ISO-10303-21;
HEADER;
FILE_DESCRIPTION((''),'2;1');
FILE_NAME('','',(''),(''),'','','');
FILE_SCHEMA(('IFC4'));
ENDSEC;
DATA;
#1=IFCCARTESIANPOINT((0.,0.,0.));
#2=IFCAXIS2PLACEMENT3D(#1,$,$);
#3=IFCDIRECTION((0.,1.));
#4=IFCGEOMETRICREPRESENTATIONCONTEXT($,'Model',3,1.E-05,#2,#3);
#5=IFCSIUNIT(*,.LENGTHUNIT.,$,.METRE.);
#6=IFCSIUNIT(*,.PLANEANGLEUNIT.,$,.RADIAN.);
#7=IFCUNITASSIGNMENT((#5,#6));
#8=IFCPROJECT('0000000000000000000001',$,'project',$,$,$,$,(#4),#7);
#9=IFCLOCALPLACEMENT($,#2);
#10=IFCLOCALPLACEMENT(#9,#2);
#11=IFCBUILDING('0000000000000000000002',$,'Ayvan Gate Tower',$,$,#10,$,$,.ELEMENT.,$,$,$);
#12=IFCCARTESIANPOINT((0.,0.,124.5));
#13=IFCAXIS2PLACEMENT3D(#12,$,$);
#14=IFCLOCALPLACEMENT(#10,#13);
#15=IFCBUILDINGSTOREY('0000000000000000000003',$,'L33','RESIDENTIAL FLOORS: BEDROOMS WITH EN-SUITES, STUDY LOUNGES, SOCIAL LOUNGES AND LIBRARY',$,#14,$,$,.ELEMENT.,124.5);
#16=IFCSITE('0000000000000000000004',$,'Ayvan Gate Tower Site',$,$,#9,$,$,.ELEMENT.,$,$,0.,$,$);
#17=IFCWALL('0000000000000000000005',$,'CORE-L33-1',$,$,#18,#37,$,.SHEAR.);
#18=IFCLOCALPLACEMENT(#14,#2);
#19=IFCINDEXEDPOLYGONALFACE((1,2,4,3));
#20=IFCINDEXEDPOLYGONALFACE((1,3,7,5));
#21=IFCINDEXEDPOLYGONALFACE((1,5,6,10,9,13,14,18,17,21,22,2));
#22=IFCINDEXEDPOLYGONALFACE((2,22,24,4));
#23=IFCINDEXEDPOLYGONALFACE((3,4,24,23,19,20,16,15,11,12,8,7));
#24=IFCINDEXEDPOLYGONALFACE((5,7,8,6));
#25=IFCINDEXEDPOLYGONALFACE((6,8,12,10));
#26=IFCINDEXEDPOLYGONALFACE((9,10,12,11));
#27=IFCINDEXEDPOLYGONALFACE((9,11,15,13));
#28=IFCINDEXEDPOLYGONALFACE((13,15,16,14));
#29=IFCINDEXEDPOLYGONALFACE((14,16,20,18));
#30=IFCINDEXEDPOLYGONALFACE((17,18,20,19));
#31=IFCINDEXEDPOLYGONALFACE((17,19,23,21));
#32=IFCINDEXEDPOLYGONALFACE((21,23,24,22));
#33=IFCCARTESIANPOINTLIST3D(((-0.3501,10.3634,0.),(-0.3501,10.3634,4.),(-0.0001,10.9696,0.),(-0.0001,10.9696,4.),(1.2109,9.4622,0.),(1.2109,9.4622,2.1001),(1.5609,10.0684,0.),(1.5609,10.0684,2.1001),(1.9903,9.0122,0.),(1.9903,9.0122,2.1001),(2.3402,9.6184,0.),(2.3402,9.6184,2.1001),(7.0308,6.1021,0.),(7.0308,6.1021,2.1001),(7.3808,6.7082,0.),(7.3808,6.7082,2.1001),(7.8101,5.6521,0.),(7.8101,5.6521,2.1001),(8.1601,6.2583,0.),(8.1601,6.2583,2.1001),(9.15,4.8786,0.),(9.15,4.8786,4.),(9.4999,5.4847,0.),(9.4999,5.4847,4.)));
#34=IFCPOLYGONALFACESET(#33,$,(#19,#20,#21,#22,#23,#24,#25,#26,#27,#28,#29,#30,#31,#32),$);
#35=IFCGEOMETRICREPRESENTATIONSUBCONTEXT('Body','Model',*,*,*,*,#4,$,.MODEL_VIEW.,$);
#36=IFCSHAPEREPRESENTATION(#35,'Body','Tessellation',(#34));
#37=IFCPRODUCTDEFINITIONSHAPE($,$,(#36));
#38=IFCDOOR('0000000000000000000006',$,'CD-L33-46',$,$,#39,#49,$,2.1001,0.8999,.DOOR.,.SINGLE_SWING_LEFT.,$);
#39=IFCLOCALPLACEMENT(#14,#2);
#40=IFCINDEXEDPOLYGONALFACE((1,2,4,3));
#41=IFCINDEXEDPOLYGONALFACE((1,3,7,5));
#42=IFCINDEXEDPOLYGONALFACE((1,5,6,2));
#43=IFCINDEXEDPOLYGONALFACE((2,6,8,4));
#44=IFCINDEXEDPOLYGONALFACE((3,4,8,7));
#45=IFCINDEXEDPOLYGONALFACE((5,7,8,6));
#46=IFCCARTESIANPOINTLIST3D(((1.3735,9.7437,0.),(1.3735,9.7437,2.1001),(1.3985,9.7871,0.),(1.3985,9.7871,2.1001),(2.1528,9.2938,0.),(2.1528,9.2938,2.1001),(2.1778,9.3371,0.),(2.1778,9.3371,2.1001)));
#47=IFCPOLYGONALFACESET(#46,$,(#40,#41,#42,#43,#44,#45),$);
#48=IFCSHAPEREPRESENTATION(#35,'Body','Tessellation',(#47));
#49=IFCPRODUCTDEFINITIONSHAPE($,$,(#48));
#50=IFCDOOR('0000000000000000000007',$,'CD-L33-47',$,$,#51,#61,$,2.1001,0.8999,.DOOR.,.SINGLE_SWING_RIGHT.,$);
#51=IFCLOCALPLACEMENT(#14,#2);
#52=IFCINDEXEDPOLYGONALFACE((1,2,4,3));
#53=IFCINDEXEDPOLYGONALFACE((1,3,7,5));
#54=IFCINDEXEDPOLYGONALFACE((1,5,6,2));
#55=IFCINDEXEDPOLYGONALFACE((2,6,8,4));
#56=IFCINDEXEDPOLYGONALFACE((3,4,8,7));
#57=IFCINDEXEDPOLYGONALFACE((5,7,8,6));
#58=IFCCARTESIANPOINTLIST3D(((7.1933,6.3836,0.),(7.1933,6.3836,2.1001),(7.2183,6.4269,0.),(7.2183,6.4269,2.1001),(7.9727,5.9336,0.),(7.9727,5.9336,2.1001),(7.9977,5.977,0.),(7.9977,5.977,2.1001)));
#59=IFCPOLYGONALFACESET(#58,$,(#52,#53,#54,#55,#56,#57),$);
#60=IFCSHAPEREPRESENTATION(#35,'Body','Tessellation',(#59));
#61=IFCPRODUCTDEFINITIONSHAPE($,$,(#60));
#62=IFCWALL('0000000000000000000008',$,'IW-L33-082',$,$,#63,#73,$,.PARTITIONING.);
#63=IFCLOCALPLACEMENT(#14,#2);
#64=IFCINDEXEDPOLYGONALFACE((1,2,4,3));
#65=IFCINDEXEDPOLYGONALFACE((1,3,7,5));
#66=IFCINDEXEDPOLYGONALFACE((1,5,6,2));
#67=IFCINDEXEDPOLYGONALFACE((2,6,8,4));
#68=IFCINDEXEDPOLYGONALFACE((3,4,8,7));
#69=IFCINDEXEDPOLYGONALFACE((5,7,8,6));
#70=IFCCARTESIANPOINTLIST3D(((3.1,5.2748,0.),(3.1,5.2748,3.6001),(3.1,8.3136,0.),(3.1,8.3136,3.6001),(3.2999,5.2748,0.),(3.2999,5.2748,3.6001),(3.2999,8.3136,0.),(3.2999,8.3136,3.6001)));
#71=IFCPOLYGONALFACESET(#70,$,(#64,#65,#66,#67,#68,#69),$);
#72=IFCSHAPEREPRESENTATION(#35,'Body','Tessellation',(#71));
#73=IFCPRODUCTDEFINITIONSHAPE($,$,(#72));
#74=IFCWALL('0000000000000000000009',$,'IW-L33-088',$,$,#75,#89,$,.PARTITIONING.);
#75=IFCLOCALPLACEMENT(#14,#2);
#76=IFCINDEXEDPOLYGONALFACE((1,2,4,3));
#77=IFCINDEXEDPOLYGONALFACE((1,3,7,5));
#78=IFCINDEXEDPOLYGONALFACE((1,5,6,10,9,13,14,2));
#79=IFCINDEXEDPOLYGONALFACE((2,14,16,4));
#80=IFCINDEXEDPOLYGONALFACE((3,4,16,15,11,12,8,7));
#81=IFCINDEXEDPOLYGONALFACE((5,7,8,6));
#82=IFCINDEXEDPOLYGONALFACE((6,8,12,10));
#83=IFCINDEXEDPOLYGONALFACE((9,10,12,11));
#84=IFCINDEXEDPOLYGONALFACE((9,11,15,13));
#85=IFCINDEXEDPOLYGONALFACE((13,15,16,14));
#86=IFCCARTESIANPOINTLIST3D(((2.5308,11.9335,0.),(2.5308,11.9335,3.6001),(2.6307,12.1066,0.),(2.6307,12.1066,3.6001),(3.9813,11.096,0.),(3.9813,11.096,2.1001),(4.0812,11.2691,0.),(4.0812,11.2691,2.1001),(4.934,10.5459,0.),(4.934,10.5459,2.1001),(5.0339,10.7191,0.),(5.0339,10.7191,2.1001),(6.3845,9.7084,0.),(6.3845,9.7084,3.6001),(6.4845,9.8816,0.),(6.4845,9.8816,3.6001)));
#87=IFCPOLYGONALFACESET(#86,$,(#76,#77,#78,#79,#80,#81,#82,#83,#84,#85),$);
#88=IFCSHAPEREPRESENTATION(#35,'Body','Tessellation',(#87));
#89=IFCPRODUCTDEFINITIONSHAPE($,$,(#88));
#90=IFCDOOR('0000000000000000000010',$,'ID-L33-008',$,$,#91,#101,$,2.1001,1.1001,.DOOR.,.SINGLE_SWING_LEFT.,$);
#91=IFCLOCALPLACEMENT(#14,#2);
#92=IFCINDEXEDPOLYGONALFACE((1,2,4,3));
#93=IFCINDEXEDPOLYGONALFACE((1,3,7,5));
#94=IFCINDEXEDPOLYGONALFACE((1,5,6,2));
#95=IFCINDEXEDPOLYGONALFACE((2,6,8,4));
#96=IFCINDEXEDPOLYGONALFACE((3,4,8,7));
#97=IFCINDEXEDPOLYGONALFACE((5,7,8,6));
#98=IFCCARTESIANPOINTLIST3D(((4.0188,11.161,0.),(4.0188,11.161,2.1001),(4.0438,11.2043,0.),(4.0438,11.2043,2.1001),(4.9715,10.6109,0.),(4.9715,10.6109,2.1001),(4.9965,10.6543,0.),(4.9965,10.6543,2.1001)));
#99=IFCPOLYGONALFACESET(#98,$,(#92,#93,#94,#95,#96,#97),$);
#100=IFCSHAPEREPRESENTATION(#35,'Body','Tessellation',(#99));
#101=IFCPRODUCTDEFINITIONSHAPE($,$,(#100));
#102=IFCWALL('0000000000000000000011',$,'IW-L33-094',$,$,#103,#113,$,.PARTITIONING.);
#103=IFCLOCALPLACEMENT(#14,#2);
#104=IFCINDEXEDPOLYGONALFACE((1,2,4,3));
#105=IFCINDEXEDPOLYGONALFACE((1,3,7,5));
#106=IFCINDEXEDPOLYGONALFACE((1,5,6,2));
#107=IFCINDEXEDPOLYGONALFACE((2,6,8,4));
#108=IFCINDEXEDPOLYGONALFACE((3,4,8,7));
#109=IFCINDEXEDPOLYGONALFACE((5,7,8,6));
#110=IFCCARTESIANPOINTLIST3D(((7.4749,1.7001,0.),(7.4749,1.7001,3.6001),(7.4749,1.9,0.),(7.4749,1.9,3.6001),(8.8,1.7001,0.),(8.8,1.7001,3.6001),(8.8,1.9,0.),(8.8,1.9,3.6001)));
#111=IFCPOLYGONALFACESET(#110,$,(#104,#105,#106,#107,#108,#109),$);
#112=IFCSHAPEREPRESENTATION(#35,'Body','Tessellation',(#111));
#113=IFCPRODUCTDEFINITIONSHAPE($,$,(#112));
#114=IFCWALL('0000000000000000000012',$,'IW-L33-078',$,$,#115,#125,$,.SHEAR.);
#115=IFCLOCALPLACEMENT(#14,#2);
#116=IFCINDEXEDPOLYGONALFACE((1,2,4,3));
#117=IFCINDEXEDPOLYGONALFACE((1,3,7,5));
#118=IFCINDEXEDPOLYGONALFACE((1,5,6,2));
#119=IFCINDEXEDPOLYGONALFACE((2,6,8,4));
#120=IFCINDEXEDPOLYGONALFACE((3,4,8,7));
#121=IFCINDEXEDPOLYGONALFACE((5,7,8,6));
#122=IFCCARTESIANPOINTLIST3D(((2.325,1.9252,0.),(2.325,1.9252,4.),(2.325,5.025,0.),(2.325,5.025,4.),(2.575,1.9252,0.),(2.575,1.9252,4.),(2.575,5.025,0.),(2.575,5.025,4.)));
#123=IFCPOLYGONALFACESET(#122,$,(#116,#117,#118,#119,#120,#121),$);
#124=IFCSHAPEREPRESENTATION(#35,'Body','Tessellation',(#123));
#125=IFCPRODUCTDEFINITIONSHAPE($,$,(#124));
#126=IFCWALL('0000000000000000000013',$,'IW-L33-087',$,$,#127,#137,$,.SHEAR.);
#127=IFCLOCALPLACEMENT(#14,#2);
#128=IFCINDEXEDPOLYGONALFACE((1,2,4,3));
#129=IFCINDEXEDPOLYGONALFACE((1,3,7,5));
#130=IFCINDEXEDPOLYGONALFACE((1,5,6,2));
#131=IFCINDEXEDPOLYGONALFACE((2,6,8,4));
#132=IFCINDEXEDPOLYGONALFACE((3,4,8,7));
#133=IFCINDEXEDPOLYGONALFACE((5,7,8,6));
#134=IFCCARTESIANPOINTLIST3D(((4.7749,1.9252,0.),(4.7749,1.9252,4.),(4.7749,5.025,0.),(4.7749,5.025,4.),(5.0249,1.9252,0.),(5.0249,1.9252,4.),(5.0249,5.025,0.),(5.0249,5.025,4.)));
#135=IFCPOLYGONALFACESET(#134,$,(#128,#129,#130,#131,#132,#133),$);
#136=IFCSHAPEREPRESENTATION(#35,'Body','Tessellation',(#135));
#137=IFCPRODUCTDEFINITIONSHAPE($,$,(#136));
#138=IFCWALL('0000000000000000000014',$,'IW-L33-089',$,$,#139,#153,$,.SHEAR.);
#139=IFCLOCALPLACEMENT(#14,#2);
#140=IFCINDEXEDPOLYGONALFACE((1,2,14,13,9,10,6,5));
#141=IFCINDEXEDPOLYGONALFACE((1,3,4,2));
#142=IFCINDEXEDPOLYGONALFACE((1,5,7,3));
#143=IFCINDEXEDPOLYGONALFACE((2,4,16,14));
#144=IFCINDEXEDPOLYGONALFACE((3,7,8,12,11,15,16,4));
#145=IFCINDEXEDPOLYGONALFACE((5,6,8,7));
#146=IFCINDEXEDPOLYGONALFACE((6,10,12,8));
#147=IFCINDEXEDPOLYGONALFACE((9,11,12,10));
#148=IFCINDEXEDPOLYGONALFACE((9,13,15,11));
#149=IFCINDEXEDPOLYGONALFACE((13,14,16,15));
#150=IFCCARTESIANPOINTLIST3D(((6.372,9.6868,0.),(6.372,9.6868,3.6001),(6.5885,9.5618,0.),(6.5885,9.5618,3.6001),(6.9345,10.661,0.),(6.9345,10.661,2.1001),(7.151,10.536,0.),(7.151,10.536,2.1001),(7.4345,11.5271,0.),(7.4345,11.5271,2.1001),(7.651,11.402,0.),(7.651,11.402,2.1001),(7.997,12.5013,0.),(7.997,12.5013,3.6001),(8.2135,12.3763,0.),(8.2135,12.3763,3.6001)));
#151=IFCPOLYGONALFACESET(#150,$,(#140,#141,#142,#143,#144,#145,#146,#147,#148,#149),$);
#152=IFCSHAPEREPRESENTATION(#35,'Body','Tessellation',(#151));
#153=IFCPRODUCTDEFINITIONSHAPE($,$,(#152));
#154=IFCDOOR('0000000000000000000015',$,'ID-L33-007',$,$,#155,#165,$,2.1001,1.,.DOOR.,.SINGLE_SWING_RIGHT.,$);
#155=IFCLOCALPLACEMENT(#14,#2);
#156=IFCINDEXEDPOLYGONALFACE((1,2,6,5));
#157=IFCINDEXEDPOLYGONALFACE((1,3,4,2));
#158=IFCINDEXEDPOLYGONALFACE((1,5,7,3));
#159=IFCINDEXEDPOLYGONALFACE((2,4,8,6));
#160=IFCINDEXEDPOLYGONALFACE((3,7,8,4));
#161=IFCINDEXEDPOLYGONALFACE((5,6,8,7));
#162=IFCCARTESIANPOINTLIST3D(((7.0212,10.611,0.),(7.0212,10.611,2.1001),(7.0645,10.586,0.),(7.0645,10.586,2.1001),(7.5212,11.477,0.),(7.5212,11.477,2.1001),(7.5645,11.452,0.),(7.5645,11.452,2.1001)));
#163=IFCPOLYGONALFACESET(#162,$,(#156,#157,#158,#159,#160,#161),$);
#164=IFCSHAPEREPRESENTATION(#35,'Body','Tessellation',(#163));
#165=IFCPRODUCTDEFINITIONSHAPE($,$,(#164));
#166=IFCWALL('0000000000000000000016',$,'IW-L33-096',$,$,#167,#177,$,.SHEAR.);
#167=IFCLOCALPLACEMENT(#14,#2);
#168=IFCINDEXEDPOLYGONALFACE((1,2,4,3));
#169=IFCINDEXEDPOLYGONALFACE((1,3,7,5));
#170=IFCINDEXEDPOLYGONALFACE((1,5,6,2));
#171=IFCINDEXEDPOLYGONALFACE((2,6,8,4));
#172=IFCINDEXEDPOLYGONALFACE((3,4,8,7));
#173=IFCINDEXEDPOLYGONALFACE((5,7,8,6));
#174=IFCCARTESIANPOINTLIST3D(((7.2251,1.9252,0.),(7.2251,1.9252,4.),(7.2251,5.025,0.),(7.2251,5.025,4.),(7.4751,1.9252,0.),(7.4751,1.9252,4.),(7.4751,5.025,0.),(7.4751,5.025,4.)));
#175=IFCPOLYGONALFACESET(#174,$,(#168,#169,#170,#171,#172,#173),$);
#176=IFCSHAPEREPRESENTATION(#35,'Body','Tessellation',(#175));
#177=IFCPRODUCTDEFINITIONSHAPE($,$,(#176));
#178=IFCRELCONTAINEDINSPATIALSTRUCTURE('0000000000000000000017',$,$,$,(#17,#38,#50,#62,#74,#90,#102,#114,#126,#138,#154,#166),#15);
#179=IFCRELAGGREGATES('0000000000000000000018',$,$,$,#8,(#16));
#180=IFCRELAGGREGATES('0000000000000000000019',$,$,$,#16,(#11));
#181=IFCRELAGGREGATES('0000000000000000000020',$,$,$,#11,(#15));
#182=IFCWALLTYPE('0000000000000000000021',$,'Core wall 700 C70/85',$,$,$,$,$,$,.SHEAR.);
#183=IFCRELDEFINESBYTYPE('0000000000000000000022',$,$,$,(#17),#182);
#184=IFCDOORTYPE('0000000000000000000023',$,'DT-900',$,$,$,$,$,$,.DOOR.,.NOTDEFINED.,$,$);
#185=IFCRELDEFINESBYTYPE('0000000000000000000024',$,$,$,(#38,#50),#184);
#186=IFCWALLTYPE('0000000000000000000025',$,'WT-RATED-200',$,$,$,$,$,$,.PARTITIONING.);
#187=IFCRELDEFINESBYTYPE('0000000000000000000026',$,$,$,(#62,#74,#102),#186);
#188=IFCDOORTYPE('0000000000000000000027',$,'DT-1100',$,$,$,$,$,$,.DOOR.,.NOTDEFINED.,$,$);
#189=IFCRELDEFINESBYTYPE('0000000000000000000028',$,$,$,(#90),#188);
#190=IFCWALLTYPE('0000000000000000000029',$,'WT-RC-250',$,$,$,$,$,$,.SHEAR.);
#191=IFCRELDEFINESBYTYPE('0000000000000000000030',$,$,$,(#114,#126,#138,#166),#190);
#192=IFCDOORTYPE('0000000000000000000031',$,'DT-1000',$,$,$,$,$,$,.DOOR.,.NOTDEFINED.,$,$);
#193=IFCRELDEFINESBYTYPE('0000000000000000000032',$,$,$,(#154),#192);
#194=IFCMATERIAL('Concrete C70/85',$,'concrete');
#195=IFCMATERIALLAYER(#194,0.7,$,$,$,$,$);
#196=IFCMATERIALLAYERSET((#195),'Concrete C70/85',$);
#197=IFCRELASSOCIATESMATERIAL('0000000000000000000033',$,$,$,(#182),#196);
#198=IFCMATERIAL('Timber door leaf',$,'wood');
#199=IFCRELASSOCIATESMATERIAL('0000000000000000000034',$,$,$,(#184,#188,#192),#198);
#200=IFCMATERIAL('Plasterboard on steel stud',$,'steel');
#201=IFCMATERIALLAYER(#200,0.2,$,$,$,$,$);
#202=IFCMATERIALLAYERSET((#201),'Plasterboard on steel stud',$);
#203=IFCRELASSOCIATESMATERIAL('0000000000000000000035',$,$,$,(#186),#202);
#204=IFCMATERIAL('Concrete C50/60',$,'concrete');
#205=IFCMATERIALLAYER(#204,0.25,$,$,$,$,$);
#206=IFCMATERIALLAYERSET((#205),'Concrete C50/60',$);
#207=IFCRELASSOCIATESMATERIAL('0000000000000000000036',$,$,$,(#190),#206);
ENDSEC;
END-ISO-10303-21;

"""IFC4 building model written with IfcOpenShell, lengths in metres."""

from ifc_helpers import new_model, si_unit, direction, frame, frame_2d, origin, place, context, subcontext, project, spatial, rectangle, extrude, material, layer, layer_set, type_object, element, fill, save


model = new_model("IFC4")

# Units and contexts
model_context = context("Model", 3, precision=1e-05, world=origin(), true_north=direction((0.0, 1.0)))
body_context = subcontext(model_context, "Body", "Model", "MODEL_VIEW")
ifc_project = project(units=[si_unit("LENGTHUNIT", "METRE"), si_unit("PLANEANGLEUNIT", "RADIAN")], contexts=[model_context])

# Site, building, storey
site_placement = place(None, origin())
site = spatial("IfcSite", under=ifc_project, at=site_placement, Name="Ayvan Gate Tower Site", CompositionType="ELEMENT", RefElevation=0.0)
building_placement = place(site_placement, origin())
building = spatial("IfcBuilding", under=site, at=building_placement, Name="Ayvan Gate Tower", CompositionType="ELEMENT")
storey_placement = place(building_placement, frame((0.0, 0.0, 124.5)))
storey = spatial("IfcBuildingStorey", under=building, at=storey_placement, Name="L33", Description="RESIDENTIAL FLOORS: BEDROOMS WITH EN-SUITES, STUDY LOUNGES, SOCIAL LOUNGES AND LIBRARY", CompositionType="ELEMENT", Elevation=124.5)

# Wall, openings, doors
ifc_material_1 = material(Name="Concrete C70/85", Category="concrete")
ifc_layer_1 = layer(ifc_material_1, 0.7)
ifc_layer_set_1 = layer_set([ifc_layer_1], Name="Concrete C70/85")
wall_type_1 = type_object("IfcWallType", Name="Core wall 700 C70/85", PredefinedType="SHEAR", material=ifc_layer_set_1)
wall_1_placement = place(storey_placement, frame((9.325, 5.1816, 0.0), z_axis=(0.0, 0.0, 1.0), x_axis=(-0.866024, 0.500002, 0.0)))
wall_1 = element("IfcWall", 1, at=wall_1_placement, inside=storey, type_object=wall_type_1, Name="CORE-L33-1", PredefinedType="SHEAR", context=body_context, shape_type="SweptSolid", body=[
    extrude(rectangle(XDim=10.9697, YDim=0.7, at=frame_2d((5.4849, 0.0))), origin(), (0.0, 0.0, 1.0), 4.0),
])
opening_1_placement = place(wall_1_placement, frame((8.2673, 0.0, 0.0)))
opening_1 = element("IfcOpeningElement", 2, at=opening_1_placement, cuts=wall_1, PredefinedType="OPENING", context=body_context, shape_type="SweptSolid", body=[
    extrude(rectangle(XDim=0.8999, YDim=2.1001, at=frame_2d((0.45, 1.05))), frame((0.0, 0.3599, 0.0), z_axis=(0.0, -1.0, 0.0), x_axis=(1.0, 0.0, 0.0)), (0.0, 0.0, 1.0), 0.72),
])
opening_2_placement = place(wall_1_placement, frame((1.5471, 0.0, 0.0)))
opening_2 = element("IfcOpeningElement", 3, at=opening_2_placement, cuts=wall_1, PredefinedType="OPENING", context=body_context, shape_type="SweptSolid", body=[
    extrude(rectangle(XDim=0.8999, YDim=2.1001, at=frame_2d((0.45, 1.05))), frame((0.0, 0.3599, 0.0), z_axis=(0.0, -1.0, 0.0), x_axis=(1.0, 0.0, 0.0)), (0.0, 0.0, 1.0), 0.72),
])
ifc_material_2 = material(Name="Timber door leaf", Category="wood")
door_type_1 = type_object("IfcDoorType", Name="DT-900", OperationType="NOTDEFINED", PredefinedType="DOOR", material=ifc_material_2)
door_1_placement = place(opening_1_placement, origin())
door_1 = element("IfcDoor", 4, at=door_1_placement, inside=storey, type_object=door_type_1, Name="CD-L33-46", OperationType="SINGLE_SWING_LEFT", OverallHeight=2.1001, OverallWidth=0.8999, PredefinedType="DOOR", context=body_context, shape_type="SweptSolid", body=[
    extrude(rectangle(XDim=0.8999, YDim=2.1001, at=frame_2d((0.45, 1.05))), frame((0.0, 0.0249, 0.0), z_axis=(0.0, -1.0, 0.0), x_axis=(1.0, 0.0, 0.0)), (0.0, 0.0, 1.0), 0.05),
])
fill(opening_1, door_1)
door_2_placement = place(opening_2_placement, origin())
door_2 = element("IfcDoor", 5, at=door_2_placement, inside=storey, type_object=door_type_1, Name="CD-L33-47", OperationType="SINGLE_SWING_RIGHT", OverallHeight=2.1001, OverallWidth=0.8999, PredefinedType="DOOR", context=body_context, shape_type="SweptSolid", body=[
    extrude(rectangle(XDim=0.8999, YDim=2.1001, at=frame_2d((0.45, 1.05))), frame((0.0, 0.0249, 0.0), z_axis=(0.0, -1.0, 0.0), x_axis=(1.0, 0.0, 0.0)), (0.0, 0.0, 1.0), 0.05),
])
fill(opening_2, door_2)

# Wall
ifc_material_3 = material(Name="Plasterboard on steel stud", Category="steel")
ifc_layer_2 = layer(ifc_material_3, 0.2)
ifc_layer_set_2 = layer_set([ifc_layer_2], Name="Plasterboard on steel stud")
wall_type_2 = type_object("IfcWallType", Name="WT-RATED-200", PredefinedType="PARTITIONING", material=ifc_layer_set_2)
wall_2_placement = place(storey_placement, frame((3.2, 8.3137, 0.0), z_axis=(0.0, 0.0, 1.0), x_axis=(0.0, -1.0, 0.0)))
element("IfcWall", 6, at=wall_2_placement, inside=storey, type_object=wall_type_2, Name="IW-L33-082", PredefinedType="PARTITIONING", context=body_context, shape_type="SweptSolid", body=[
    extrude(rectangle(XDim=3.0388, YDim=0.2, at=frame_2d((1.5195, 0.0))), origin(), (0.0, 0.0, 1.0), 3.6001),
])

# Wall, opening, door
wall_3_placement = place(storey_placement, frame((6.4346, 9.7949, 0.0), z_axis=(0.0, 0.0, 1.0), x_axis=(-0.866013, 0.500022, 0.0)))
wall_3 = element("IfcWall", 7, at=wall_3_placement, inside=storey, type_object=wall_type_2, Name="IW-L33-088", PredefinedType="PARTITIONING", context=body_context, shape_type="SweptSolid", body=[
    extrude(rectangle(XDim=4.45, YDim=0.2, at=frame_2d((2.2251, 0.0))), origin(), (0.0, 0.0, 1.0), 3.6001),
])
opening_3_placement = place(wall_3_placement, frame((1.675, 0.0, 0.0)))
opening_3 = element("IfcOpeningElement", 8, at=opening_3_placement, cuts=wall_3, PredefinedType="OPENING", context=body_context, shape_type="SweptSolid", body=[
    extrude(rectangle(XDim=1.1001, YDim=2.1001, at=frame_2d((0.55, 1.05))), frame((0.0, 0.1099, 0.0), z_axis=(0.0, -1.0, 0.0), x_axis=(1.0, 0.0, 0.0)), (0.0, 0.0, 1.0), 0.22),
])
door_type_2 = type_object("IfcDoorType", Name="DT-1100", OperationType="NOTDEFINED", PredefinedType="DOOR", material=ifc_material_2)
door_3_placement = place(opening_3_placement, origin())
door_3 = element("IfcDoor", 9, at=door_3_placement, inside=storey, type_object=door_type_2, Name="ID-L33-008", OperationType="SINGLE_SWING_LEFT", OverallHeight=2.1001, OverallWidth=1.1001, PredefinedType="DOOR", context=body_context, shape_type="SweptSolid", body=[
    extrude(rectangle(XDim=1.1001, YDim=2.1001, at=frame_2d((0.55, 1.05))), frame((0.0, 0.0249, 0.0), z_axis=(0.0, -1.0, 0.0), x_axis=(1.0, 0.0, 0.0)), (0.0, 0.0, 1.0), 0.05),
])
fill(opening_3, door_3)

# Walls
wall_4_placement = place(storey_placement, frame((7.4749, 1.8, 0.0), z_axis=(0.0, 0.0, 1.0), x_axis=(1.0, 0.0, 0.0)))
element("IfcWall", 10, at=wall_4_placement, inside=storey, type_object=wall_type_2, Name="IW-L33-094", PredefinedType="PARTITIONING", context=body_context, shape_type="SweptSolid", body=[
    extrude(rectangle(XDim=1.3252, YDim=0.2, at=frame_2d((0.6626, 0.0))), origin(), (0.0, 0.0, 1.0), 3.6001),
])
ifc_material_4 = material(Name="Concrete C50/60", Category="concrete")
ifc_layer_3 = layer(ifc_material_4, 0.25)
ifc_layer_set_3 = layer_set([ifc_layer_3], Name="Concrete C50/60")
wall_type_3 = type_object("IfcWallType", Name="WT-RC-250", PredefinedType="SHEAR", material=ifc_layer_set_3)
for number, where, z_axis, x_axis, name in (
    (11, (2.45, 5.0249, 0.0), (0.0, 0.0, 1.0), (0.0, -1.0, 0.0), "IW-L33-078"),
    (12, (4.8999, 5.0249, 0.0), (0.0, 0.0, 1.0), (0.0, -1.0, 0.0), "IW-L33-087"),
):
    element("IfcWall", number, at=place(storey_placement, frame(where, z_axis=z_axis, x_axis=x_axis)), inside=storey, type_object=wall_type_3, Name=name, PredefinedType="SHEAR", context=body_context, shape_type="SweptSolid", body=[
        extrude(rectangle(XDim=3.0999, YDim=0.25, at=frame_2d((1.5498, 0.0))), origin(), (0.0, 0.0, 1.0), 4.0),
    ])

# Wall, opening, door
wall_5_placement = place(storey_placement, frame((6.4802, 9.6243, 0.0), z_axis=(0.0, 0.0, 1.0), x_axis=(0.500017, 0.866015, 0.0)))
wall_5 = element("IfcWall", 13, at=wall_5_placement, inside=storey, type_object=wall_type_3, Name="IW-L33-089", PredefinedType="SHEAR", context=body_context, shape_type="SweptSolid", body=[
    extrude(rectangle(XDim=3.25, YDim=0.25, at=frame_2d((1.625, 0.0))), origin(), (0.0, 0.0, 1.0), 3.6001),
])
opening_4_placement = place(wall_5_placement, frame((1.125, 0.0, 0.0)))
opening_4 = element("IfcOpeningElement", 14, at=opening_4_placement, cuts=wall_5, PredefinedType="OPENING", context=body_context, shape_type="SweptSolid", body=[
    extrude(rectangle(XDim=1.0, YDim=2.1001, at=frame_2d((0.5, 1.05))), frame((0.0, 0.135, 0.0), z_axis=(0.0, -1.0, 0.0), x_axis=(1.0, 0.0, 0.0)), (0.0, 0.0, 1.0), 0.27),
])
door_type_3 = type_object("IfcDoorType", Name="DT-1000", OperationType="NOTDEFINED", PredefinedType="DOOR", material=ifc_material_2)
door_4_placement = place(opening_4_placement, origin())
door_4 = element("IfcDoor", 15, at=door_4_placement, inside=storey, type_object=door_type_3, Name="ID-L33-007", OperationType="SINGLE_SWING_RIGHT", OverallHeight=2.1001, OverallWidth=1.0, PredefinedType="DOOR", context=body_context, shape_type="SweptSolid", body=[
    extrude(rectangle(XDim=1.0, YDim=2.1001, at=frame_2d((0.5, 1.05))), frame((0.0, 0.0249, 0.0), z_axis=(0.0, -1.0, 0.0), x_axis=(1.0, 0.0, 0.0)), (0.0, 0.0, 1.0), 0.05),
])
fill(opening_4, door_4)

# Wall
wall_6_placement = place(storey_placement, frame((7.3501, 5.0249, 0.0), z_axis=(0.0, 0.0, 1.0), x_axis=(0.0, -1.0, 0.0)))
element("IfcWall", 16, at=wall_6_placement, inside=storey, type_object=wall_type_3, Name="IW-L33-096", PredefinedType="SHEAR", context=body_context, shape_type="SweptSolid", body=[
    extrude(rectangle(XDim=3.0999, YDim=0.25, at=frame_2d((1.5498, 0.0))), origin(), (0.0, 0.0, 1.0), 4.0),
])

save(model, "model.ifc")
